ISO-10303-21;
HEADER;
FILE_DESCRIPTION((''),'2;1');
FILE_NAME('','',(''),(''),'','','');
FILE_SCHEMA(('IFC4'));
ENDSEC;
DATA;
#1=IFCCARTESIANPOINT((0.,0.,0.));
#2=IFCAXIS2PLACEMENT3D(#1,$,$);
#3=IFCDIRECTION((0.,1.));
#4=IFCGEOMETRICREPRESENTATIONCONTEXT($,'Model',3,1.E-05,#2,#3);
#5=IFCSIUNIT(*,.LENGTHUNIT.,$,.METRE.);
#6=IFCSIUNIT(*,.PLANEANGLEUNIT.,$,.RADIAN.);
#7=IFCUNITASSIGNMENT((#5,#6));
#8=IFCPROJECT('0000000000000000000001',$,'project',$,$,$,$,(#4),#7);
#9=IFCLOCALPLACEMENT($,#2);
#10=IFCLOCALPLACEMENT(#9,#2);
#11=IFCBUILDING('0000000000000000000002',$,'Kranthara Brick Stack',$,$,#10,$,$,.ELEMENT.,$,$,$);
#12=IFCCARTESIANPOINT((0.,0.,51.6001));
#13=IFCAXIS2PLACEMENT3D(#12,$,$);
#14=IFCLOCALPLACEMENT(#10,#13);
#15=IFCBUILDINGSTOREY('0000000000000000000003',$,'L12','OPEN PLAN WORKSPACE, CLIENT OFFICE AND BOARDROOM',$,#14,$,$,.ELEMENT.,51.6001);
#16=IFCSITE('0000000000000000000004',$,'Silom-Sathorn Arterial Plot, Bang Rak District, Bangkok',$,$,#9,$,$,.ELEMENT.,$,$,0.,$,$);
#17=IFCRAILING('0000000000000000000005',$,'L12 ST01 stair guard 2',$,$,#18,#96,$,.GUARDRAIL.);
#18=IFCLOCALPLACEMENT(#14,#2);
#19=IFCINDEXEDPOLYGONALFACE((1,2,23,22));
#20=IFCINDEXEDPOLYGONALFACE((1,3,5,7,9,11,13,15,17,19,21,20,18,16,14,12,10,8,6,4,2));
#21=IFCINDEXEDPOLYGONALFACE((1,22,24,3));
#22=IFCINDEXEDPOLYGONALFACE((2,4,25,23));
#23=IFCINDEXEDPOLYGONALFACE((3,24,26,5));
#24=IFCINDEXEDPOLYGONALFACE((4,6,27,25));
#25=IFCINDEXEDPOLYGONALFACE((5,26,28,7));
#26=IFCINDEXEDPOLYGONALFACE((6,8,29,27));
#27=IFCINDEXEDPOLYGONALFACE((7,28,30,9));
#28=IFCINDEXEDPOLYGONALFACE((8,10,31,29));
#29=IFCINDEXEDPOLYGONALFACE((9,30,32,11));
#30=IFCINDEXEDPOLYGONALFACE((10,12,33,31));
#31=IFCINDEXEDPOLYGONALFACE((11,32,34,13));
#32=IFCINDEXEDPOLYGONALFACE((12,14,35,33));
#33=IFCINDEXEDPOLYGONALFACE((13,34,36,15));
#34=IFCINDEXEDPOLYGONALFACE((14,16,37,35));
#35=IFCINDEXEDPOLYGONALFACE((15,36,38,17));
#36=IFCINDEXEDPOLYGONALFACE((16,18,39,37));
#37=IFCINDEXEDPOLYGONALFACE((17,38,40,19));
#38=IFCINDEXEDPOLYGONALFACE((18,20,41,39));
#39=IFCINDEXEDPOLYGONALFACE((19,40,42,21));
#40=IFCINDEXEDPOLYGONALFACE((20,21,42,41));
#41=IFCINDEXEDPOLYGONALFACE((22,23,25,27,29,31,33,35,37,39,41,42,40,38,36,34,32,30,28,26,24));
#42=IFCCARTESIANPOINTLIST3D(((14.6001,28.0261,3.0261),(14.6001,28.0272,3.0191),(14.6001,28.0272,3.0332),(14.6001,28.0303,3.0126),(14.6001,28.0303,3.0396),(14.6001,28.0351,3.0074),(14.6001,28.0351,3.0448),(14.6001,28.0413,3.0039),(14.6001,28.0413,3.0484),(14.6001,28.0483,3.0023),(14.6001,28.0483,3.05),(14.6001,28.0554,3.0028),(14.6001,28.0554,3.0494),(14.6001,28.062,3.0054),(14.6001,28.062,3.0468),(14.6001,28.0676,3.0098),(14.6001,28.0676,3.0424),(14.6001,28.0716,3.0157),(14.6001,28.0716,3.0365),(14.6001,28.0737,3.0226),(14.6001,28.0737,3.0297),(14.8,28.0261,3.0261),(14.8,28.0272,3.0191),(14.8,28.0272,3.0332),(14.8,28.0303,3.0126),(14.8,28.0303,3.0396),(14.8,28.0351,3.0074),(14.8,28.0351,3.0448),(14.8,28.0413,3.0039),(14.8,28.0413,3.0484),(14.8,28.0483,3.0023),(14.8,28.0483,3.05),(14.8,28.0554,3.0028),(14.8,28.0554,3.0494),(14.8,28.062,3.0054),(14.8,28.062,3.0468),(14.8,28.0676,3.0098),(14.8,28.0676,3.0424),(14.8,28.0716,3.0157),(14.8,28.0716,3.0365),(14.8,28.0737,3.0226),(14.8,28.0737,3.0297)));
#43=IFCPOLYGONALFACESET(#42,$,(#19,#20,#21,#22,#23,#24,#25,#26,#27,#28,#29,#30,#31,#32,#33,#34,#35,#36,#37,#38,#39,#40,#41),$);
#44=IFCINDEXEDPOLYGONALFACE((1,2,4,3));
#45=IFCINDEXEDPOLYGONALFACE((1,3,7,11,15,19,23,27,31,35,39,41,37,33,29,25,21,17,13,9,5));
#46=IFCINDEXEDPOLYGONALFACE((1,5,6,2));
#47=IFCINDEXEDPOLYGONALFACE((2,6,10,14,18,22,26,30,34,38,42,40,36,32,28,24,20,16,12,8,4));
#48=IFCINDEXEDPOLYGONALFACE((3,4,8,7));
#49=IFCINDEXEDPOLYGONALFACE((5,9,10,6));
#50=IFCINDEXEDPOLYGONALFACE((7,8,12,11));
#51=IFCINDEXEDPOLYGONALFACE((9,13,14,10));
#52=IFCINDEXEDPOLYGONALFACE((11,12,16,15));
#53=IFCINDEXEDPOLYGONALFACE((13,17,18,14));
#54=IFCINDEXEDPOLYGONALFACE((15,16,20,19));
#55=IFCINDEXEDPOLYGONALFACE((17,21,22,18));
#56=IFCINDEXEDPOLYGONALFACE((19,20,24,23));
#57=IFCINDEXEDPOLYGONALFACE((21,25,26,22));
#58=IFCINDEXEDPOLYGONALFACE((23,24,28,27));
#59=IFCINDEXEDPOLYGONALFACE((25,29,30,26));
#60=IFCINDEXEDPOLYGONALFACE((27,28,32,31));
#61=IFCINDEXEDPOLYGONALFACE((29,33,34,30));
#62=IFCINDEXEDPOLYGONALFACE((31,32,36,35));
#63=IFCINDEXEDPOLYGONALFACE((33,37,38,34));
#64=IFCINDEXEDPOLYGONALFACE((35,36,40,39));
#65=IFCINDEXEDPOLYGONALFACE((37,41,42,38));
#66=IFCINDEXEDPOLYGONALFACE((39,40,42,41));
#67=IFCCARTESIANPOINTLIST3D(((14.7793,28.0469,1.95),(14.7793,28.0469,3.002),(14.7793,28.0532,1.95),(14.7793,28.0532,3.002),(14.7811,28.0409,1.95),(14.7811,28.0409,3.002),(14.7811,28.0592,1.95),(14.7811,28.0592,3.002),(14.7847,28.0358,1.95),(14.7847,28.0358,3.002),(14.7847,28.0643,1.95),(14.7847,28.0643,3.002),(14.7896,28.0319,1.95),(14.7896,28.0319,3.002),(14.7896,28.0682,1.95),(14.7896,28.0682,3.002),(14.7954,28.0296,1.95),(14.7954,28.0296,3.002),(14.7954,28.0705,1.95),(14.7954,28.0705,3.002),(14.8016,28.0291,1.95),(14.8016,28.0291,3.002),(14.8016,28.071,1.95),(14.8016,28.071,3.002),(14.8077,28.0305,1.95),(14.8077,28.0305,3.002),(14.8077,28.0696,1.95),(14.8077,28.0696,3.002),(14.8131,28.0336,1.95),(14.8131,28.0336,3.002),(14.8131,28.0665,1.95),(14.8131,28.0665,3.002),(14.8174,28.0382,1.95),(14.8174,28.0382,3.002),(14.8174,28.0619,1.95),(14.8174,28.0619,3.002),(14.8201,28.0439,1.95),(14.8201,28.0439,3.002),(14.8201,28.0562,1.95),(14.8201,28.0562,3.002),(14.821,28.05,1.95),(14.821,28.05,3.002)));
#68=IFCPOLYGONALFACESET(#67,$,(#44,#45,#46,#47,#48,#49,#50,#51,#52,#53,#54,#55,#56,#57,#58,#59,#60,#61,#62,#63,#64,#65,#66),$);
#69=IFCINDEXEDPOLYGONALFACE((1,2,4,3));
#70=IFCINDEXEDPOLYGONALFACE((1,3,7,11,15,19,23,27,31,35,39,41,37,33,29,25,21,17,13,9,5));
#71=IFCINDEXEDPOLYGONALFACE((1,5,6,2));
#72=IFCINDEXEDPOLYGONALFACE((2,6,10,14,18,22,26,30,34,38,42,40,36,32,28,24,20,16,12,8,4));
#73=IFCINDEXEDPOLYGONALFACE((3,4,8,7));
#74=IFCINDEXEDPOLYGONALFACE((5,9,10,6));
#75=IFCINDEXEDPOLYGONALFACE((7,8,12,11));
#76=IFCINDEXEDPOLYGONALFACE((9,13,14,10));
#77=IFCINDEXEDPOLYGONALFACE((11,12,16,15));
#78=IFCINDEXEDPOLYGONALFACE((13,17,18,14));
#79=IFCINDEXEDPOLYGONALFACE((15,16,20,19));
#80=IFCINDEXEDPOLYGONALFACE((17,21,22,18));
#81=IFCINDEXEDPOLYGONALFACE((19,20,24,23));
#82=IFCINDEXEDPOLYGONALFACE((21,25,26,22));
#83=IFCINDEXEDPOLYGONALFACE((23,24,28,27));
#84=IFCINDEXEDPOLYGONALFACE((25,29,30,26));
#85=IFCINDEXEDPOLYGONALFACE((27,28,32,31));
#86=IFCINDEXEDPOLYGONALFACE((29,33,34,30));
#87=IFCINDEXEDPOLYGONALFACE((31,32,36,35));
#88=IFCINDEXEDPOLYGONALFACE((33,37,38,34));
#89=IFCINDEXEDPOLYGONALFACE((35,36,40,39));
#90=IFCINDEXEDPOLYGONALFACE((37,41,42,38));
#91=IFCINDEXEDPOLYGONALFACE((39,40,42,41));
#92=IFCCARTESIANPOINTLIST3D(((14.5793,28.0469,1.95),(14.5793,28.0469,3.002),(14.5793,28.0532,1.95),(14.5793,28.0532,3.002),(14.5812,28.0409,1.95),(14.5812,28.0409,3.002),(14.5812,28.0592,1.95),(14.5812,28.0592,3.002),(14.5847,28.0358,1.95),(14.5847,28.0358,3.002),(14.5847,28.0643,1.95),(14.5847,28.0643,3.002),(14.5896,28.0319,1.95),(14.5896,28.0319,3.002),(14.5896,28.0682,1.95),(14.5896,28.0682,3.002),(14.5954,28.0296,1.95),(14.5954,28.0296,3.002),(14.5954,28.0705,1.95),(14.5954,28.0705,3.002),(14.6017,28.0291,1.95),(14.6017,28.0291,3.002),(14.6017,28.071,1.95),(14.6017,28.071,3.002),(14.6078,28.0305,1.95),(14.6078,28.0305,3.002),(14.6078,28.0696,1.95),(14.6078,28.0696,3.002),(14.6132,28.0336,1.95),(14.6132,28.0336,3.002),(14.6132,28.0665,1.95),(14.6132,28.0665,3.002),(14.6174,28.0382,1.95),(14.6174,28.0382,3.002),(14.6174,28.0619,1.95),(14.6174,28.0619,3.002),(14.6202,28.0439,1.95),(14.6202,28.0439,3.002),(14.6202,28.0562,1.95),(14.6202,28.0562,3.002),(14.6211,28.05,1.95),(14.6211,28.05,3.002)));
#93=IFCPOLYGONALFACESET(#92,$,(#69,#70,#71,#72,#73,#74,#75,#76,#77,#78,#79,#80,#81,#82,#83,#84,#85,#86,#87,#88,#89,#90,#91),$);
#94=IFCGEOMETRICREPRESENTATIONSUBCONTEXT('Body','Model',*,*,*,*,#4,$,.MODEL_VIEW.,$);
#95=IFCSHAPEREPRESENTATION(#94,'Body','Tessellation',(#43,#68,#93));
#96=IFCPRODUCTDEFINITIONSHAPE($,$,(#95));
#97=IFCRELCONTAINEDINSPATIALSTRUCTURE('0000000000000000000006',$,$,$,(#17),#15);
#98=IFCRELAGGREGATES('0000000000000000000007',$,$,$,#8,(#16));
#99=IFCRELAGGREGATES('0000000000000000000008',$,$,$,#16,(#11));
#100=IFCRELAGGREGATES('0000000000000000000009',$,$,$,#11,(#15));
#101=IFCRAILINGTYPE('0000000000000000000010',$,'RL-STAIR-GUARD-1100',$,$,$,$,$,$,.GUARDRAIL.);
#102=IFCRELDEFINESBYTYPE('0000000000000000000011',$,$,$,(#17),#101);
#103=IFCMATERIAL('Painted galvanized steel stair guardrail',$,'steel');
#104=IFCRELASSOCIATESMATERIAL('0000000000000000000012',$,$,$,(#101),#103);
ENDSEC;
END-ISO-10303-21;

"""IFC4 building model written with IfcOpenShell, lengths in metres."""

from ifc_helpers import new_model, si_unit, direction, frame, origin, origin_2d, place, context, subcontext, project, spatial, circle, extrude, material, type_object, element, save


model = new_model("IFC4")

# Units and contexts
model_context = context("Model", 3, precision=1e-05, world=origin(), true_north=direction((0.0, 1.0)))
body_context = subcontext(model_context, "Body", "Model", "MODEL_VIEW")
ifc_project = project(units=[si_unit("LENGTHUNIT", "METRE"), si_unit("PLANEANGLEUNIT", "RADIAN")], contexts=[model_context])

# Site, building, storey
site_placement = place(None, origin())
site = spatial("IfcSite", under=ifc_project, at=site_placement, Name="Silom-Sathorn Arterial Plot, Bang Rak District, Bangkok", CompositionType="ELEMENT", RefElevation=0.0)
building_placement = place(site_placement, origin())
building = spatial("IfcBuilding", under=site, at=building_placement, Name="Kranthara Brick Stack", CompositionType="ELEMENT")
storey_placement = place(building_placement, frame((0.0, 0.0, 51.6001)))
storey = spatial("IfcBuildingStorey", under=building, at=storey_placement, Name="L12", Description="OPEN PLAN WORKSPACE, CLIENT OFFICE AND BOARDROOM", CompositionType="ELEMENT", Elevation=51.6001)

# Railing
ifc_material_1 = material(Name="Painted galvanized steel stair guardrail", Category="steel")
railing_type_1 = type_object("IfcRailingType", Name="RL-STAIR-GUARD-1100", PredefinedType="GUARDRAIL", material=ifc_material_1)
railing_1_placement = place(storey_placement, frame((14.8, 28.05, 1.95)))
element("IfcRailing", 1, at=railing_1_placement, inside=storey, type_object=railing_type_1, Name="L12 ST01 stair guard 2", PredefinedType="GUARDRAIL", context=body_context, shape_type="SweptSolid", body=[
    extrude(circle(Radius=0.0239, at=origin_2d()), frame((0.0, 0.0, 1.0762), z_axis=(-1.0, 0.0, 0.0), x_axis=(0.0, -1.0, 0.0)), (0.0, 0.0, 1.0), 0.2),
    extrude(circle(Radius=0.021, at=origin_2d()), origin(), (0.0, 0.0, 1.0), 1.052),
    extrude(circle(Radius=0.021, at=origin_2d()), frame((-0.2, 0.0, 0.0)), (0.0, 0.0, 1.0), 1.052),
])

save(model, "model.ifc")
